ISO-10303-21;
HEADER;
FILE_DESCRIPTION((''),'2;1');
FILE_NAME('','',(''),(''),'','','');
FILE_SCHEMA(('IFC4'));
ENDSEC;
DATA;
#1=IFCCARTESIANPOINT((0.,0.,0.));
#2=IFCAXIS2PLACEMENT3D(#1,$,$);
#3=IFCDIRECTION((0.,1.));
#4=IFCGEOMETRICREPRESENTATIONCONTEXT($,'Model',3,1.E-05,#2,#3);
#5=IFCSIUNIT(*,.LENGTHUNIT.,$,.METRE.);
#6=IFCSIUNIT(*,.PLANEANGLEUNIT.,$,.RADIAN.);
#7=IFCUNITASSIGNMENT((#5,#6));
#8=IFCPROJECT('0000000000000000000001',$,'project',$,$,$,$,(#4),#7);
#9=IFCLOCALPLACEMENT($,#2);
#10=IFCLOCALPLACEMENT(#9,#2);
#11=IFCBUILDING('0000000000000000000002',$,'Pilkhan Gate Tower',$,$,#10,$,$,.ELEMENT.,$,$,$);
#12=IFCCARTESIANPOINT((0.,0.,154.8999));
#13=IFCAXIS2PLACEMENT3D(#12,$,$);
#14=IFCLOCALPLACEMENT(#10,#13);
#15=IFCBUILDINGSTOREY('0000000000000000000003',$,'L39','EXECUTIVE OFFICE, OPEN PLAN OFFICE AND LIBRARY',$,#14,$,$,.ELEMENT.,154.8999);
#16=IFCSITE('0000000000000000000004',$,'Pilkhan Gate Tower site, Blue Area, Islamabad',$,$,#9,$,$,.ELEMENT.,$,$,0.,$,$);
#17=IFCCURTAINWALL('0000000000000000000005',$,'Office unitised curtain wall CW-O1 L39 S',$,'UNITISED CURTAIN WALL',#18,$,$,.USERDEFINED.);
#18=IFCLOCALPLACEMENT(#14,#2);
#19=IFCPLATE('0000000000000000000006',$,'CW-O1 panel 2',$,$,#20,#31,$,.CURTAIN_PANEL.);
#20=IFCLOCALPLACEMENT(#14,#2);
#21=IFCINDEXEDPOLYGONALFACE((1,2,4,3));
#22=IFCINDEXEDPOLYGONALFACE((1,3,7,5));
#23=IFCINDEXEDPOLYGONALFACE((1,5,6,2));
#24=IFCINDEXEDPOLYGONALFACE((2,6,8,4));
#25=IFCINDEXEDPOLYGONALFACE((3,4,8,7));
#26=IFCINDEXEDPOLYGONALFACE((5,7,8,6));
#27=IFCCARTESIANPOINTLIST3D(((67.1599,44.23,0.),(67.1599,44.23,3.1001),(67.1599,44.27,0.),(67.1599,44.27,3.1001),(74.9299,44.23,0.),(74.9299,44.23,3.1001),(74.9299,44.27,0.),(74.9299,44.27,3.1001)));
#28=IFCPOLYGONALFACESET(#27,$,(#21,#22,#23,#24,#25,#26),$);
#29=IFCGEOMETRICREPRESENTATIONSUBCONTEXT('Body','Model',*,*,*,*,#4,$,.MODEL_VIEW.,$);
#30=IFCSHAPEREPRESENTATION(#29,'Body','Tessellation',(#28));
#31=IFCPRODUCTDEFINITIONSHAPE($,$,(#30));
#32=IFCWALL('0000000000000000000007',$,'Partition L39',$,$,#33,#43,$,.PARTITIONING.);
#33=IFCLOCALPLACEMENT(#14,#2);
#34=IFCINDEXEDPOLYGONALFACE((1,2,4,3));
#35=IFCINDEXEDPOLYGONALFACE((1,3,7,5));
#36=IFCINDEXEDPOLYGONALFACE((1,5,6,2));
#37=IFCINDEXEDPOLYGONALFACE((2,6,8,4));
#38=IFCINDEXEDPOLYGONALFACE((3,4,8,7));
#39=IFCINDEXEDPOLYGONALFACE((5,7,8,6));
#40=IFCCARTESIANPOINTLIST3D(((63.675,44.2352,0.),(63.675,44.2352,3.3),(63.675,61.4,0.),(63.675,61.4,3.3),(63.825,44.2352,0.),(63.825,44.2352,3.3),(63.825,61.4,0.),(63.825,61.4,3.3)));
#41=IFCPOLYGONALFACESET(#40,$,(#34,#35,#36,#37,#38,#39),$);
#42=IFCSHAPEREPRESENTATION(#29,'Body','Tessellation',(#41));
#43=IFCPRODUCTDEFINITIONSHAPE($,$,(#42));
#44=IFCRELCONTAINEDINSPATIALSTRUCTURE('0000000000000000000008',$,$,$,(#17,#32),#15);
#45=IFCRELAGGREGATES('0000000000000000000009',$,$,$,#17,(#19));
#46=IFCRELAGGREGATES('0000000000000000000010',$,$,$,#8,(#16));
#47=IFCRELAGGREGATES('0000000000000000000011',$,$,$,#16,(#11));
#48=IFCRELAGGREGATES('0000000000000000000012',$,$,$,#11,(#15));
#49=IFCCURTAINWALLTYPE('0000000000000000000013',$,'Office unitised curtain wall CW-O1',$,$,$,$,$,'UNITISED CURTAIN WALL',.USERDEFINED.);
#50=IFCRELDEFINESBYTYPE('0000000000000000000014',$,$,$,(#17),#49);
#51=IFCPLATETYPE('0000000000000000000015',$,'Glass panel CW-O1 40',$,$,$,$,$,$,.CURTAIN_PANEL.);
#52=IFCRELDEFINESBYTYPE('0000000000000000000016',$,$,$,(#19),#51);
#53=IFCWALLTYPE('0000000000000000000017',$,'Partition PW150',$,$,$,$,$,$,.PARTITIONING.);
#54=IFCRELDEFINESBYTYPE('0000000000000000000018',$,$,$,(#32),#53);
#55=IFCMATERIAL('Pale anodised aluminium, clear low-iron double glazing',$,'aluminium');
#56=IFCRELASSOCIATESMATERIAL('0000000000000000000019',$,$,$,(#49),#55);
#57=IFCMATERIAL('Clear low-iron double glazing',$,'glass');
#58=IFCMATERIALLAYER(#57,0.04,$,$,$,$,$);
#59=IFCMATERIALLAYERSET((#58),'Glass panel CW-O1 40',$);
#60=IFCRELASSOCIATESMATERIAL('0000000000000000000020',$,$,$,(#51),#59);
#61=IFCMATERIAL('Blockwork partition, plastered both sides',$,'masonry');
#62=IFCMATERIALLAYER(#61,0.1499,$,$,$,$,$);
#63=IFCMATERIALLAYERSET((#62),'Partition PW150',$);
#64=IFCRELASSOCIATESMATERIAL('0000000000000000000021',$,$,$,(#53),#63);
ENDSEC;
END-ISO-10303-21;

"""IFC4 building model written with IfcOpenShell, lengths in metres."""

from ifc_helpers import new_model, si_unit, direction, frame, frame_2d, origin, origin_2d, place, context, subcontext, project, spatial, rectangle, extrude, material, layer, layer_set, type_object, element, aggregate, save


model = new_model("IFC4")

# Units and contexts
model_context = context("Model", 3, precision=1e-05, world=origin(), true_north=direction((0.0, 1.0)))
body_context = subcontext(model_context, "Body", "Model", "MODEL_VIEW")
ifc_project = project(units=[si_unit("LENGTHUNIT", "METRE"), si_unit("PLANEANGLEUNIT", "RADIAN")], contexts=[model_context])

# Site, building, storey
site_placement = place(None, origin())
site = spatial("IfcSite", under=ifc_project, at=site_placement, Name="Pilkhan Gate Tower site, Blue Area, Islamabad", CompositionType="ELEMENT", RefElevation=0.0)
building_placement = place(site_placement, origin())
building = spatial("IfcBuilding", under=site, at=building_placement, Name="Pilkhan Gate Tower", CompositionType="ELEMENT")
storey_placement = place(building_placement, frame((0.0, 0.0, 154.8999)))
storey = spatial("IfcBuildingStorey", under=building, at=storey_placement, Name="L39", Description="EXECUTIVE OFFICE, OPEN PLAN OFFICE AND LIBRARY", CompositionType="ELEMENT", Elevation=154.8999)

# Shared definitions
ifc_material_1 = material(Name="Pale anodised aluminium, clear low-iron double glazing", Category="aluminium")
curtain_wall_type = type_object("IfcCurtainWallType", Name="Office unitised curtain wall CW-O1", ElementType="UNITISED CURTAIN WALL", PredefinedType="USERDEFINED", material=ifc_material_1)

# Curtain wall
curtain_wall_1_placement = place(storey_placement, origin())
curtain_wall_1 = element("IfcCurtainWall", 1, at=curtain_wall_1_placement, inside=storey, type_object=curtain_wall_type, Name="Office unitised curtain wall CW-O1 L39 S", ObjectType="UNITISED CURTAIN WALL", PredefinedType="USERDEFINED")

# Plate
ifc_material_2 = material(Name="Clear low-iron double glazing", Category="glass")
ifc_layer_1 = layer(ifc_material_2, 0.04)
ifc_layer_set_1 = layer_set([ifc_layer_1], Name="Glass panel CW-O1 40")
plate_type = type_object("IfcPlateType", Name="Glass panel CW-O1 40", PredefinedType="CURTAIN_PANEL", material=ifc_layer_set_1)
plate_1_placement = place(storey_placement, frame((71.0449, 44.25, 0.0), z_axis=(0.0, 0.0, 1.0), x_axis=(1.0, 0.0, 0.0)))
plate_1 = element("IfcPlate", 2, at=plate_1_placement, type_object=plate_type, Name="CW-O1 panel 2", PredefinedType="CURTAIN_PANEL", context=body_context, shape_type="SweptSolid", body=[
    extrude(rectangle(XDim=7.77, YDim=0.04, at=origin_2d()), origin(), (0.0, 0.0, 1.0), 3.1001),
])
aggregate(curtain_wall_1, [plate_1])

# Wall
ifc_material_3 = material(Name="Blockwork partition, plastered both sides", Category="masonry")
ifc_layer_2 = layer(ifc_material_3, 0.1499)
ifc_layer_set_2 = layer_set([ifc_layer_2], Name="Partition PW150")
wall_type = type_object("IfcWallType", Name="Partition PW150", PredefinedType="PARTITIONING", material=ifc_layer_set_2)
wall_placement = place(storey_placement, frame((63.75, 44.2351, 0.0), z_axis=(0.0, 0.0, 1.0), x_axis=(0.0, 1.0, 0.0)))
element("IfcWall", 3, at=wall_placement, inside=storey, type_object=wall_type, Name="Partition L39", PredefinedType="PARTITIONING", context=body_context, shape_type="SweptSolid", body=[
    extrude(rectangle(XDim=17.1648, YDim=0.1499, at=frame_2d((8.5825, 0.0))), origin(), (0.0, 0.0, 1.0), 3.3),
])

save(model, "model.ifc")
